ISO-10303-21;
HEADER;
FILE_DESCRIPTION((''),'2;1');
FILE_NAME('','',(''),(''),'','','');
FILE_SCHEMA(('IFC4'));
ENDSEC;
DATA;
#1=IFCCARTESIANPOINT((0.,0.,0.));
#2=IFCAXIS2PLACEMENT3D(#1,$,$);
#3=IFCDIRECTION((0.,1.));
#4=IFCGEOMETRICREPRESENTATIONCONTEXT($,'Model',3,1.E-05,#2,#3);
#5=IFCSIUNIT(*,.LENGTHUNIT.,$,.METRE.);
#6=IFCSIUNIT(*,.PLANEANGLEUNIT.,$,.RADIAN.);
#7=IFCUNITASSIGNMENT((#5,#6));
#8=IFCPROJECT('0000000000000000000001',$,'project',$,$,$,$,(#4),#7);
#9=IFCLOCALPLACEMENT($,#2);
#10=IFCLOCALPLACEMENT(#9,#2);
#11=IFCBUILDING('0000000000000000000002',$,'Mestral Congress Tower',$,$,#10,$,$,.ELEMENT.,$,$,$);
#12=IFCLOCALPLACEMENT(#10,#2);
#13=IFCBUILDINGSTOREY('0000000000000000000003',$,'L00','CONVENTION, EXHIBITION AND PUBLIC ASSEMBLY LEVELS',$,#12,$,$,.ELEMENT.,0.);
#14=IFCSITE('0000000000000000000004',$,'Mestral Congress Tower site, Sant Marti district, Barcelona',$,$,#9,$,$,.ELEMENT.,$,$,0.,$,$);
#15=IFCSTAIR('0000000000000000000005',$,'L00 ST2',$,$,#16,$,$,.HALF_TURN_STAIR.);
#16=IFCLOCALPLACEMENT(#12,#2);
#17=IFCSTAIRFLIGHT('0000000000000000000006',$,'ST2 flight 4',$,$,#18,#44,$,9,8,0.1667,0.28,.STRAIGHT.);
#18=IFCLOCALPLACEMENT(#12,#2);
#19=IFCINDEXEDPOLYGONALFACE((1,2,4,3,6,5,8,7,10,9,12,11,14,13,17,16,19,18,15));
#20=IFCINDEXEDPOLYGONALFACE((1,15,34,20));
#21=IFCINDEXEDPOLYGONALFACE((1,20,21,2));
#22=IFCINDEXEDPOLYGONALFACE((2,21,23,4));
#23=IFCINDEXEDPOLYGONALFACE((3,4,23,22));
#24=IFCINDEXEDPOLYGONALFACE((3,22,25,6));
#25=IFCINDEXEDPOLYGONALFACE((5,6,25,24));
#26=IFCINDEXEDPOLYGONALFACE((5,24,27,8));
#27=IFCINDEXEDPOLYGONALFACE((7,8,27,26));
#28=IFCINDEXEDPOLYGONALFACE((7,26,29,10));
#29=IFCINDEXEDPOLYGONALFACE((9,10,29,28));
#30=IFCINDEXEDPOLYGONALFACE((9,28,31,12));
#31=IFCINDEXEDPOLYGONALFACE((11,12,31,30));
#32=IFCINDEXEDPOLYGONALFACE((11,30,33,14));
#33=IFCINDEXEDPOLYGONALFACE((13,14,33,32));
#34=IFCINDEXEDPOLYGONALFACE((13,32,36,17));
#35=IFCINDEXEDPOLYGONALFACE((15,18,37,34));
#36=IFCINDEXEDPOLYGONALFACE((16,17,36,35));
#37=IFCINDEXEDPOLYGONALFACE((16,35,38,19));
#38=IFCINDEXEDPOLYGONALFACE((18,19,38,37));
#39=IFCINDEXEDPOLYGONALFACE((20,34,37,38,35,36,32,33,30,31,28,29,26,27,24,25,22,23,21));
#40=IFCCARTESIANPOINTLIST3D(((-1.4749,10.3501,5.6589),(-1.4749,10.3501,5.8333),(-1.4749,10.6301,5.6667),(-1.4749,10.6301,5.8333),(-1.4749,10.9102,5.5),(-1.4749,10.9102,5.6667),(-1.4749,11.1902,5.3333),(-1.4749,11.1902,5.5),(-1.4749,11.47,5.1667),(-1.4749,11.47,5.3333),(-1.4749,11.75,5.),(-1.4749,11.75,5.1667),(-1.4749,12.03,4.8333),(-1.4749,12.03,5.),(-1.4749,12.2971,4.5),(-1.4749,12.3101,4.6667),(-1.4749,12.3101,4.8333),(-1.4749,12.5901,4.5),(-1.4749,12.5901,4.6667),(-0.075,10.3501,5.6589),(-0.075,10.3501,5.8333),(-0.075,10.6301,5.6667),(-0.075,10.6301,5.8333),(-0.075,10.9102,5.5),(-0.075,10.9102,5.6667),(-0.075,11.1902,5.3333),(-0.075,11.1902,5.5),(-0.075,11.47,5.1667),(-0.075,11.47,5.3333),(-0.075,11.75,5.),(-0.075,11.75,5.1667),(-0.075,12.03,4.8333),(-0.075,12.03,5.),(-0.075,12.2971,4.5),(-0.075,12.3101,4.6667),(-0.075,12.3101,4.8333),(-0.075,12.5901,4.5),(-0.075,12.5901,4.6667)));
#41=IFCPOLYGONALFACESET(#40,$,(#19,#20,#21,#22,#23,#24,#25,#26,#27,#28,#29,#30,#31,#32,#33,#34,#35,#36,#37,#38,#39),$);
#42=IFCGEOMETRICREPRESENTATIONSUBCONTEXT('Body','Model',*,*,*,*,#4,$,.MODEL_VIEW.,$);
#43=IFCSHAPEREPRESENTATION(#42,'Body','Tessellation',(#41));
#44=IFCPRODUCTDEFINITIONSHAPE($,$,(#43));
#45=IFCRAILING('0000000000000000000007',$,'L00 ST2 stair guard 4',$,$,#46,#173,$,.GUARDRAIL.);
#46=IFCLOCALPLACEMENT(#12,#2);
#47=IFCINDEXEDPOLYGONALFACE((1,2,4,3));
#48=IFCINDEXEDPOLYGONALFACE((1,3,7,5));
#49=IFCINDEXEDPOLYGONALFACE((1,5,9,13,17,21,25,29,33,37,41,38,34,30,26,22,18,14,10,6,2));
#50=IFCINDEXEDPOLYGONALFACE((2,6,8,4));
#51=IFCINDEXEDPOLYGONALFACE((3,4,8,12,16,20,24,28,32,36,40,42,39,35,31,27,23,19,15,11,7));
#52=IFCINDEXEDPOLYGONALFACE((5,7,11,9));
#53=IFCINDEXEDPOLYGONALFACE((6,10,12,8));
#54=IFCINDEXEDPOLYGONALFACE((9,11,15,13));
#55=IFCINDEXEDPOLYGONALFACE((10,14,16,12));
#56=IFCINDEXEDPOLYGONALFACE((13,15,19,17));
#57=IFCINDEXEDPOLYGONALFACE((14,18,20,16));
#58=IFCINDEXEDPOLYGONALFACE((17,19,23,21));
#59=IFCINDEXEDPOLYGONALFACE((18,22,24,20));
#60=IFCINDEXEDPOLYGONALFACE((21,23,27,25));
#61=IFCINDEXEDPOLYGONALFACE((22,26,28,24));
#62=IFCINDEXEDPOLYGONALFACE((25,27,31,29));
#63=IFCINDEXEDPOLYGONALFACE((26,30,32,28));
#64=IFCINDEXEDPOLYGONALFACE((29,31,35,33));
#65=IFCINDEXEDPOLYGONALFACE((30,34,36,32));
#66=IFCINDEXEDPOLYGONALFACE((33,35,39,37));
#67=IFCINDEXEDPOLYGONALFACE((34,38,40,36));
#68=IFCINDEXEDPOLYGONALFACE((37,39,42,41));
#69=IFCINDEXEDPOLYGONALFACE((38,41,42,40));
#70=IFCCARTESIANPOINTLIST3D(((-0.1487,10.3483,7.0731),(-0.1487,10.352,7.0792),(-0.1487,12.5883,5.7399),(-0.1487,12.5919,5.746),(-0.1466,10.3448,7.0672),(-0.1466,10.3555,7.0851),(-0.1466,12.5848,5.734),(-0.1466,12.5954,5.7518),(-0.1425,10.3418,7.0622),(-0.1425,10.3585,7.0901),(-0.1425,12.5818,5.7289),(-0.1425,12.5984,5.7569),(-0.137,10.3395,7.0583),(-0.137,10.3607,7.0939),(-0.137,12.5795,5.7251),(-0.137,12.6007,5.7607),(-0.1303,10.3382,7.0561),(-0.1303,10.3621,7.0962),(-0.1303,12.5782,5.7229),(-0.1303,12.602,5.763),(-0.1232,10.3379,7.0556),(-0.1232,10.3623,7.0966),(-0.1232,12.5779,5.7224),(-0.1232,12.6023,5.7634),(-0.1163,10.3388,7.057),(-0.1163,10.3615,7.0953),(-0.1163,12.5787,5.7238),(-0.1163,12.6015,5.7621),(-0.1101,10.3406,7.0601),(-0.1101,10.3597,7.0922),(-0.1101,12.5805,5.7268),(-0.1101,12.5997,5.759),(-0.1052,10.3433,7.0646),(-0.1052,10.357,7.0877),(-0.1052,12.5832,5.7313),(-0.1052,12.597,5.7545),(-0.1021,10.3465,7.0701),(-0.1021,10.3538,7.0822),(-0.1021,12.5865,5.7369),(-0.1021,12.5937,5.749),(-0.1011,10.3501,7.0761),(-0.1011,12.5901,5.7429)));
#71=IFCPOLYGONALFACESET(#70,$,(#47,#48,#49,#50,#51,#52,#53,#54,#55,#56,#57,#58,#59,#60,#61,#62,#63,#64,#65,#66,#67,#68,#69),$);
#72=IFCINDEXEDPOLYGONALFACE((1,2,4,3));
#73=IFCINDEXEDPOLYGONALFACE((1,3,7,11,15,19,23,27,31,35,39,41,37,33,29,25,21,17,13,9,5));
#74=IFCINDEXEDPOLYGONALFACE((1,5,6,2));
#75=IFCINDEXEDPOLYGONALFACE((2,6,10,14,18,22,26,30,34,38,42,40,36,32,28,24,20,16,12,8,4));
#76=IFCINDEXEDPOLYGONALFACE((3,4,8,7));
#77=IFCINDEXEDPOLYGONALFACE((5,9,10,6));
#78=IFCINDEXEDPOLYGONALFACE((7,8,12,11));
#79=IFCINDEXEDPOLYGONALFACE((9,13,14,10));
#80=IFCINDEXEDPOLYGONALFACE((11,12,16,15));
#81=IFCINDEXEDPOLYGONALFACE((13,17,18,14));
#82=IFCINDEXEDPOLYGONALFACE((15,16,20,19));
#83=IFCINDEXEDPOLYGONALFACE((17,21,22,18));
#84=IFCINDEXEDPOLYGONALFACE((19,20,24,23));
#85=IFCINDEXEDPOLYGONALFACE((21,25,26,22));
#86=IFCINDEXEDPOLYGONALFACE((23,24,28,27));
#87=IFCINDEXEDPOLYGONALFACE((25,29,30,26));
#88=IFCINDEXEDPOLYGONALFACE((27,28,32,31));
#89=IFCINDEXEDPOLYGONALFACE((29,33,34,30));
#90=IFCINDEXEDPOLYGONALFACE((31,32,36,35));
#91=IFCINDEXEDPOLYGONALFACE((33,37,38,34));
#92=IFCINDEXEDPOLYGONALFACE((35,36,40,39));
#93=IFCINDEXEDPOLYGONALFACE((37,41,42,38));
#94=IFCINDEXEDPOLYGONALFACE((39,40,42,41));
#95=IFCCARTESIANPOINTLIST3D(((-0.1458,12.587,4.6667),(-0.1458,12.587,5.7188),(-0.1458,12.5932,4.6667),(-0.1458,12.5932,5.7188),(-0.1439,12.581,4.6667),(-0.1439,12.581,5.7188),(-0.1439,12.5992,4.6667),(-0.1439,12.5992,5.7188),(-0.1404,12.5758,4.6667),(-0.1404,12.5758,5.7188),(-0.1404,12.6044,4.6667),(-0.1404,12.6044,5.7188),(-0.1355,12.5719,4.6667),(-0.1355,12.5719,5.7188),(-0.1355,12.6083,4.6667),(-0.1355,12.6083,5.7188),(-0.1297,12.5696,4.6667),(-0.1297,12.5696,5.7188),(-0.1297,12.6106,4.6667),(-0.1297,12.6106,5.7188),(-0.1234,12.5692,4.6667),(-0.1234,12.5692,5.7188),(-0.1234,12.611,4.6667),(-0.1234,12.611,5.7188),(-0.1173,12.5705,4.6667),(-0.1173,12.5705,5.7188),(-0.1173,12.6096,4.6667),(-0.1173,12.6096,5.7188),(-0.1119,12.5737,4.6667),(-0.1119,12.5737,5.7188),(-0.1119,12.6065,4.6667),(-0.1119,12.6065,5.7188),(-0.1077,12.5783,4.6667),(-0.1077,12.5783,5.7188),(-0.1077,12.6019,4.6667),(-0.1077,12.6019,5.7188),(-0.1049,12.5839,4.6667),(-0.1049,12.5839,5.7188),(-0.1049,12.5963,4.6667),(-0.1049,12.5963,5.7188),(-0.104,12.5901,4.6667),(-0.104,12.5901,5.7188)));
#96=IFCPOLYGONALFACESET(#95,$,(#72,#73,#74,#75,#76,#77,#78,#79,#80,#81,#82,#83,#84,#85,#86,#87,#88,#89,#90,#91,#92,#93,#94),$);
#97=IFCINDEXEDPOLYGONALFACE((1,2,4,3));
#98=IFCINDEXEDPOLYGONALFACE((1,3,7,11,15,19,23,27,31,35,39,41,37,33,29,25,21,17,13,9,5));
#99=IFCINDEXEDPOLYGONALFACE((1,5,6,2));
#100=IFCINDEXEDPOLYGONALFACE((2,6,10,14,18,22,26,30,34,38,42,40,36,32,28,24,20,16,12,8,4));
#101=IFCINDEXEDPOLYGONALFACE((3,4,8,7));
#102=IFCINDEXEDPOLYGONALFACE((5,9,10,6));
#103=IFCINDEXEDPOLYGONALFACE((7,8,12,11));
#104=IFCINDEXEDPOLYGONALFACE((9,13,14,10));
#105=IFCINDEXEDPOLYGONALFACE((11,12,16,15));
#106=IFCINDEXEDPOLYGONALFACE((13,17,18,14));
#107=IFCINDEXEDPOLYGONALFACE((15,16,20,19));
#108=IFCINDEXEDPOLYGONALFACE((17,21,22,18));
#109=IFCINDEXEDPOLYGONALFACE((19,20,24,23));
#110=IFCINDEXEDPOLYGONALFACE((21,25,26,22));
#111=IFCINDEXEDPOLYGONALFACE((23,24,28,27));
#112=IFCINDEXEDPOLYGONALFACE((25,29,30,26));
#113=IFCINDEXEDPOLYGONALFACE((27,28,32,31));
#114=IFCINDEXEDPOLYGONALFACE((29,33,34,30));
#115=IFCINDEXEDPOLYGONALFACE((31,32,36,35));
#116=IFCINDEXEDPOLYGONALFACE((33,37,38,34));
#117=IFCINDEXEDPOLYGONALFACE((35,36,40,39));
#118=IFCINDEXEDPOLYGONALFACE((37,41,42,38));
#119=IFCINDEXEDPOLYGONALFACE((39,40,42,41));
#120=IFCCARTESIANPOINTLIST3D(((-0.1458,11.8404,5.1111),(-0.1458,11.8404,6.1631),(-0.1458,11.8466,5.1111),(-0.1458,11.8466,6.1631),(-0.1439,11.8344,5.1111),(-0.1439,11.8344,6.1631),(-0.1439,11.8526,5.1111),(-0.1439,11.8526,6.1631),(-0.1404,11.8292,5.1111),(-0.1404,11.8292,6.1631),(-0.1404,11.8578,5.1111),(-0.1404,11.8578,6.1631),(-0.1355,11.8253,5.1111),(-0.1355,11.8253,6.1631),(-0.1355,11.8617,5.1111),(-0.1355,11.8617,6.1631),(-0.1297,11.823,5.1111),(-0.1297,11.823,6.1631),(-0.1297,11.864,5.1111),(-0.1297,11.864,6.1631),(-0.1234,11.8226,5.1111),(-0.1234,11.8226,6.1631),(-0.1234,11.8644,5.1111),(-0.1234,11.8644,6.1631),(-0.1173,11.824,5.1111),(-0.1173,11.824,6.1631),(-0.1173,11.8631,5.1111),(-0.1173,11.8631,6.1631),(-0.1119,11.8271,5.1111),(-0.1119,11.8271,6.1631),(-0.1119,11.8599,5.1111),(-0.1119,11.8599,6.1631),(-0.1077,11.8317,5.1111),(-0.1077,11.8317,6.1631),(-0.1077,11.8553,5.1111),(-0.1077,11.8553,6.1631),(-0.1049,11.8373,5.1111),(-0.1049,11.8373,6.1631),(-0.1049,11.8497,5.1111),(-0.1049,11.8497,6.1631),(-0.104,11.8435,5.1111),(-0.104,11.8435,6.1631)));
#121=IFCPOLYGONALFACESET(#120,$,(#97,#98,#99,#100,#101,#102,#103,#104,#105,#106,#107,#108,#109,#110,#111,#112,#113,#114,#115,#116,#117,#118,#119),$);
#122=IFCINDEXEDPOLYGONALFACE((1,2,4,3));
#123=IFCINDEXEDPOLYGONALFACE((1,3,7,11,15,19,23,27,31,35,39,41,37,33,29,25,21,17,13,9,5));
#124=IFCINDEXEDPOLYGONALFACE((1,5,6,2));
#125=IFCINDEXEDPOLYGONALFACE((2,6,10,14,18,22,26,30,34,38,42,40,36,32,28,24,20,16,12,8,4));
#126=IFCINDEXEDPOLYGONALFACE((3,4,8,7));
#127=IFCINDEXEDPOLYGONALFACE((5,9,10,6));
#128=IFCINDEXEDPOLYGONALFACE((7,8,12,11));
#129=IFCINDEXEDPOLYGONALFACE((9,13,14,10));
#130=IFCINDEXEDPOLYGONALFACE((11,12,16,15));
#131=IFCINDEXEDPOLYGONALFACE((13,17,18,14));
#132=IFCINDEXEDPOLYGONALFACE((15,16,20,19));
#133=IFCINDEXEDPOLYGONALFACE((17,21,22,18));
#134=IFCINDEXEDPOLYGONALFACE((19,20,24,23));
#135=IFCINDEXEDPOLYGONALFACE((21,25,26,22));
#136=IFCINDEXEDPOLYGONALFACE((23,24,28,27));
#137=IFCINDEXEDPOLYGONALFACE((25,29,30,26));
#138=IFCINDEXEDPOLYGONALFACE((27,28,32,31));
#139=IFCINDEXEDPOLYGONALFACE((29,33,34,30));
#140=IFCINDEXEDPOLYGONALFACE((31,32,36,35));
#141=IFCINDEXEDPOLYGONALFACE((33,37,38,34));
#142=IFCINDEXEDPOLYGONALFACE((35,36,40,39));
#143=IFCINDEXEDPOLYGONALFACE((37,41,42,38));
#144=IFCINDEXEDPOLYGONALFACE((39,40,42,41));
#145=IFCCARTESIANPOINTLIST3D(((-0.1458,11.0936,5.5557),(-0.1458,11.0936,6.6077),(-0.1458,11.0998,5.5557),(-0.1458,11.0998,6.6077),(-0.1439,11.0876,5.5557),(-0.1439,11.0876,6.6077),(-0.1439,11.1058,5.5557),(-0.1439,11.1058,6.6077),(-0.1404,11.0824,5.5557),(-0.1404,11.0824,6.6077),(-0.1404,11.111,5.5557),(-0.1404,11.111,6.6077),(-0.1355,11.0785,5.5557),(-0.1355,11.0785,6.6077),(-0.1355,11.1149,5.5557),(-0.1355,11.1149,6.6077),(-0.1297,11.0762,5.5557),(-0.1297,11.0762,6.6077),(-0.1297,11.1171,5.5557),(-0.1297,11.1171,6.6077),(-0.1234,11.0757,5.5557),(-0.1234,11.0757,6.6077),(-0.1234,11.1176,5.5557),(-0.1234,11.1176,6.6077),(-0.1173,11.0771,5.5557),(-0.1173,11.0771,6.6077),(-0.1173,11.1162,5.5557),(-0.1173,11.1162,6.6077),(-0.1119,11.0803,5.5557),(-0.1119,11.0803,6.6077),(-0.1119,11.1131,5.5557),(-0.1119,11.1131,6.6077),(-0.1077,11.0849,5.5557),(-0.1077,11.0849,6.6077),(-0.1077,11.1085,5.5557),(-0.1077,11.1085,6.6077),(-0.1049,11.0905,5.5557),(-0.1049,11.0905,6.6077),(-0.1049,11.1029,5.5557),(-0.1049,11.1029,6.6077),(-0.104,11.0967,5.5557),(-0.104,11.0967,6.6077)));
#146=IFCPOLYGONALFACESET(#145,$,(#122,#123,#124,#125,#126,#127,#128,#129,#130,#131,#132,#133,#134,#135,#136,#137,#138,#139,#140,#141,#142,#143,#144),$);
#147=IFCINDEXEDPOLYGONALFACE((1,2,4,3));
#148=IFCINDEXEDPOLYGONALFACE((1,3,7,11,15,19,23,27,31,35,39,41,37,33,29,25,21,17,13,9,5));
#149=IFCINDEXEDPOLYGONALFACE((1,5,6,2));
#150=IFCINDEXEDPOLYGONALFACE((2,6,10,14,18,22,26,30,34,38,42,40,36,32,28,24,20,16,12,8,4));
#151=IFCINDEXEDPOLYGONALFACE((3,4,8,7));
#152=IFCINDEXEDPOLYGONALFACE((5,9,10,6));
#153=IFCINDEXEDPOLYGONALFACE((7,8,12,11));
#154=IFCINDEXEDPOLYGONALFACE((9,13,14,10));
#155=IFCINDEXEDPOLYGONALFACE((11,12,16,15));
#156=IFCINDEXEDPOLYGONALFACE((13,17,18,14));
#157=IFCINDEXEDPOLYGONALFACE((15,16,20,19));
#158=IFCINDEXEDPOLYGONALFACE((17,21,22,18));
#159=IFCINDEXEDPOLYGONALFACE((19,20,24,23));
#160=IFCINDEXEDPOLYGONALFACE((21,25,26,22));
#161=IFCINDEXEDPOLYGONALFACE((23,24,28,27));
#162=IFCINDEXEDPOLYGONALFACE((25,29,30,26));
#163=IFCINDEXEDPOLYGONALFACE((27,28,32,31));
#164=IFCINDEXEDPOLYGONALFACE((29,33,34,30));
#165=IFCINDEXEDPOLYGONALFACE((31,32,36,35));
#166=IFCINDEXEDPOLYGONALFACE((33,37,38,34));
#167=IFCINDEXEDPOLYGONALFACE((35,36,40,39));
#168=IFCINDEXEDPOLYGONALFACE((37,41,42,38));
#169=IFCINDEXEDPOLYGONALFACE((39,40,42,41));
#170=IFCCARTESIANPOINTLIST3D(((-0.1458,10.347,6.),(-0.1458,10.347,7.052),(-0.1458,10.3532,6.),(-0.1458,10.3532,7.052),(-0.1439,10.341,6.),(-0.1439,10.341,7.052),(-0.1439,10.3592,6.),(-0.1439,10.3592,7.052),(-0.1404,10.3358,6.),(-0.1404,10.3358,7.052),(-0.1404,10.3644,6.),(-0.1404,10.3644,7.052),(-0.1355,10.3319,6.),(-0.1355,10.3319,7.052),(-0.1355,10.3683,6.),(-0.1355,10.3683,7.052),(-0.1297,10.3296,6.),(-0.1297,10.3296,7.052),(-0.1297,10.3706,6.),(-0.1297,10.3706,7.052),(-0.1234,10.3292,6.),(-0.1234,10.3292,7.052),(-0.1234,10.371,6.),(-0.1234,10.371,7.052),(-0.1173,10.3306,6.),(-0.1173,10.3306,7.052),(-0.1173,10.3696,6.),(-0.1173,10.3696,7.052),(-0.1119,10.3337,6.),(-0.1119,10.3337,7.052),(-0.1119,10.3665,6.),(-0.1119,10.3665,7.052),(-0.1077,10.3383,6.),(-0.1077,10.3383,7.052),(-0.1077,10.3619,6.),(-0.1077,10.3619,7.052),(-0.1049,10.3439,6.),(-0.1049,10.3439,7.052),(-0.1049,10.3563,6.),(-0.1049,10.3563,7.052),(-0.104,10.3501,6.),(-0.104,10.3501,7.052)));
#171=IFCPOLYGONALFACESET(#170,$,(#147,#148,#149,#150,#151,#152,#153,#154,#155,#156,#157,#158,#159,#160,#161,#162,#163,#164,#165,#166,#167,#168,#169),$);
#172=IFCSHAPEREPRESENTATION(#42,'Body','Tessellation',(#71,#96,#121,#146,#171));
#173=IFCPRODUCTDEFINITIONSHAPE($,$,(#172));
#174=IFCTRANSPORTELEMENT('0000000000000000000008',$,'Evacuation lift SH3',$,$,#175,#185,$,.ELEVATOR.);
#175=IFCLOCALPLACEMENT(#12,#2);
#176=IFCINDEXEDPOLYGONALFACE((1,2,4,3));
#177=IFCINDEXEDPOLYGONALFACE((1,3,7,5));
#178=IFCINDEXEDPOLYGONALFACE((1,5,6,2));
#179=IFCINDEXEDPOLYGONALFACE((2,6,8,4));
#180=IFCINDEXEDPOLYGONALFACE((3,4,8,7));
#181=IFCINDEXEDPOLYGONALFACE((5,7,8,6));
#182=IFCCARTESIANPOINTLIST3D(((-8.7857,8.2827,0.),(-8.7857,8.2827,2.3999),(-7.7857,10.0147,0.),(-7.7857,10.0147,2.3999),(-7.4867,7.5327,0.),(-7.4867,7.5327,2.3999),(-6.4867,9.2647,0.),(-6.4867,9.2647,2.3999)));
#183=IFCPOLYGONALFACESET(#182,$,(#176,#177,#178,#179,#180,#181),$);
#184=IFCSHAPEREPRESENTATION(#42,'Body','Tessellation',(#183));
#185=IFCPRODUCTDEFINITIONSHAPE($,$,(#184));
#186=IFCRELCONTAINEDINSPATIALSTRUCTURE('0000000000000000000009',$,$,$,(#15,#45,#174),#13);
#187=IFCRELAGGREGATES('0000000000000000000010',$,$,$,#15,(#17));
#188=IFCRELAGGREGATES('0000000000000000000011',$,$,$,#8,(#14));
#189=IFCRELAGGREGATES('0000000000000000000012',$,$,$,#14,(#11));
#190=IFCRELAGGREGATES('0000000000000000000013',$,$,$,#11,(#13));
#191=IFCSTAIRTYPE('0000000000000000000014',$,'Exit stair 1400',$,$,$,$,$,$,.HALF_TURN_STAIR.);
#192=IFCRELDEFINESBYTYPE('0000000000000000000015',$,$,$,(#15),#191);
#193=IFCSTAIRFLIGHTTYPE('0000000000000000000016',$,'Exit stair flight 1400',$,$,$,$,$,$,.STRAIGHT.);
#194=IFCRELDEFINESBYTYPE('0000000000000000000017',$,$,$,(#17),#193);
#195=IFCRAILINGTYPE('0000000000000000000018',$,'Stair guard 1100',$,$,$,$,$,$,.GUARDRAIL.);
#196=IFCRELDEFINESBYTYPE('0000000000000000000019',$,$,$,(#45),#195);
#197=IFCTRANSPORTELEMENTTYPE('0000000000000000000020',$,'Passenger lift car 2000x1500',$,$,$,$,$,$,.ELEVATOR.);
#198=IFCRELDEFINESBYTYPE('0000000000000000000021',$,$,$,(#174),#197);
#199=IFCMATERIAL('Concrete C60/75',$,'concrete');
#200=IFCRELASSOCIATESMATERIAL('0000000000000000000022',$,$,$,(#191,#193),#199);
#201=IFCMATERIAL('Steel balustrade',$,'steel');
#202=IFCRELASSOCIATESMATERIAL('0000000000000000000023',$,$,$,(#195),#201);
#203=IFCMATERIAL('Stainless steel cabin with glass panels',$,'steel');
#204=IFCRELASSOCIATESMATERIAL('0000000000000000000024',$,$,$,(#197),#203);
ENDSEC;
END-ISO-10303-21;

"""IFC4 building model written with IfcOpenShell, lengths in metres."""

from ifc_helpers import new_model, si_unit, direction, frame, origin, origin_2d, place, context, subcontext, project, spatial, polyline, rectangle, circle, outline, extrude, material, type_object, element, aggregate, save


model = new_model("IFC4")

# Units and contexts
model_context = context("Model", 3, precision=1e-05, world=origin(), true_north=direction((0.0, 1.0)))
body_context = subcontext(model_context, "Body", "Model", "MODEL_VIEW")
ifc_project = project(units=[si_unit("LENGTHUNIT", "METRE"), si_unit("PLANEANGLEUNIT", "RADIAN")], contexts=[model_context])

# Site, building, storey
site_placement = place(None, origin())
site = spatial("IfcSite", under=ifc_project, at=site_placement, Name="Mestral Congress Tower site, Sant Marti district, Barcelona", CompositionType="ELEMENT", RefElevation=0.0)
building_placement = place(site_placement, origin())
building = spatial("IfcBuilding", under=site, at=building_placement, Name="Mestral Congress Tower", CompositionType="ELEMENT")
storey_placement = place(building_placement, origin())
storey = spatial("IfcBuildingStorey", under=building, at=storey_placement, Name="L00", Description="CONVENTION, EXHIBITION AND PUBLIC ASSEMBLY LEVELS", CompositionType="ELEMENT", Elevation=0.0)

# Shared definitions
ifc_material_1 = material(Name="Concrete C60/75", Category="concrete")

# Stair, stair flight
stair_type = type_object("IfcStairType", Name="Exit stair 1400", PredefinedType="HALF_TURN_STAIR", material=ifc_material_1)
stair_placement = place(storey_placement, origin())
stair = element("IfcStair", 1, at=stair_placement, inside=storey, type_object=stair_type, Name="L00 ST2", PredefinedType="HALF_TURN_STAIR")
stair_flight_type = type_object("IfcStairFlightType", Name="Exit stair flight 1400", PredefinedType="STRAIGHT", material=ifc_material_1)
stair_flight_1_placement = place(storey_placement, frame((-0.7749, 12.5901, 4.5), z_axis=(0.0, 0.0, 1.0), x_axis=(0.0, -1.0, 0.0)))
stair_flight_1 = element("IfcStairFlight", 2, at=stair_flight_1_placement, type_object=stair_flight_type, Name="ST2 flight 4", NumberOfRisers=9, NumberOfTreads=8, PredefinedType="STRAIGHT", RiserHeight=0.1667, TreadLength=0.28, context=body_context, shape_type="SweptSolid", body=[
    extrude(outline(polyline([(0.0, 0.0), (0.0, 0.1667), (0.28, 0.1667), (0.28, 0.3333), (0.5601, 0.3333), (0.5601, 0.5), (0.8401, 0.5), (0.8401, 0.6667), (1.1201, 0.6667), (1.1201, 0.8333), (1.3999, 0.8333), (1.3999, 1.0), (1.6799, 1.0), (1.6799, 1.1667), (1.96, 1.1667), (1.96, 1.3333), (2.24, 1.3333), (2.24, 1.5), (2.24, 1.1589), (0.293, 0.0), (0.0, 0.0)])), frame((0.0, 0.7, 0.0), z_axis=(0.0, -1.0, 0.0), x_axis=(1.0, 0.0, 0.0)), (0.0, 0.0, 1.0), 1.3999),
])
aggregate(stair, [stair_flight_1])

# Railing
ifc_material_2 = material(Name="Steel balustrade", Category="steel")
railing_type = type_object("IfcRailingType", Name="Stair guard 1100", PredefinedType="GUARDRAIL", material=ifc_material_2)
railing_1_placement = place(storey_placement, frame((-0.125, 12.5901, 4.6667)))
element("IfcRailing", 3, at=railing_1_placement, inside=storey, type_object=railing_type, Name="L00 ST2 stair guard 4", PredefinedType="GUARDRAIL", context=body_context, shape_type="SweptSolid", body=[
    extrude(circle(Radius=0.0239, at=origin_2d()), frame((0.0, 0.0, 1.0762), z_axis=(0.0, -0.859306, 0.511462), x_axis=(1.0, 0.0, 0.0)), (0.0, 0.0, 1.0), 2.6067),
    extrude(circle(Radius=0.021, at=origin_2d()), origin(), (0.0, 0.0, 1.0), 1.052),
    extrude(circle(Radius=0.021, at=origin_2d()), frame((0.0, -0.7466, 0.4443)), (0.0, 0.0, 1.0), 1.052),
    extrude(circle(Radius=0.021, at=origin_2d()), frame((0.0, -1.4934, 0.8889)), (0.0, 0.0, 1.0), 1.052),
    extrude(circle(Radius=0.021, at=origin_2d()), frame((0.0, -2.24, 1.3333)), (0.0, 0.0, 1.0), 1.052),
])

# Transport element
ifc_material_3 = material(Name="Stainless steel cabin with glass panels", Category="steel")
transport_element_type = type_object("IfcTransportElementType", Name="Passenger lift car 2000x1500", PredefinedType="ELEVATOR", material=ifc_material_3)
transport_element_placement = place(storey_placement, frame((-7.6362, 8.7737, 0.0), z_axis=(0.0, 0.0, 1.0), x_axis=(-0.866025, 0.5, 0.0)))
element("IfcTransportElement", 4, at=transport_element_placement, inside=storey, type_object=transport_element_type, Name="Evacuation lift SH3", PredefinedType="ELEVATOR", context=body_context, shape_type="SweptSolid", body=[
    extrude(rectangle(XDim=1.5, YDim=2.0, at=origin_2d()), origin(), (0.0, 0.0, 1.0), 2.3999),
])

save(model, "model.ifc")
